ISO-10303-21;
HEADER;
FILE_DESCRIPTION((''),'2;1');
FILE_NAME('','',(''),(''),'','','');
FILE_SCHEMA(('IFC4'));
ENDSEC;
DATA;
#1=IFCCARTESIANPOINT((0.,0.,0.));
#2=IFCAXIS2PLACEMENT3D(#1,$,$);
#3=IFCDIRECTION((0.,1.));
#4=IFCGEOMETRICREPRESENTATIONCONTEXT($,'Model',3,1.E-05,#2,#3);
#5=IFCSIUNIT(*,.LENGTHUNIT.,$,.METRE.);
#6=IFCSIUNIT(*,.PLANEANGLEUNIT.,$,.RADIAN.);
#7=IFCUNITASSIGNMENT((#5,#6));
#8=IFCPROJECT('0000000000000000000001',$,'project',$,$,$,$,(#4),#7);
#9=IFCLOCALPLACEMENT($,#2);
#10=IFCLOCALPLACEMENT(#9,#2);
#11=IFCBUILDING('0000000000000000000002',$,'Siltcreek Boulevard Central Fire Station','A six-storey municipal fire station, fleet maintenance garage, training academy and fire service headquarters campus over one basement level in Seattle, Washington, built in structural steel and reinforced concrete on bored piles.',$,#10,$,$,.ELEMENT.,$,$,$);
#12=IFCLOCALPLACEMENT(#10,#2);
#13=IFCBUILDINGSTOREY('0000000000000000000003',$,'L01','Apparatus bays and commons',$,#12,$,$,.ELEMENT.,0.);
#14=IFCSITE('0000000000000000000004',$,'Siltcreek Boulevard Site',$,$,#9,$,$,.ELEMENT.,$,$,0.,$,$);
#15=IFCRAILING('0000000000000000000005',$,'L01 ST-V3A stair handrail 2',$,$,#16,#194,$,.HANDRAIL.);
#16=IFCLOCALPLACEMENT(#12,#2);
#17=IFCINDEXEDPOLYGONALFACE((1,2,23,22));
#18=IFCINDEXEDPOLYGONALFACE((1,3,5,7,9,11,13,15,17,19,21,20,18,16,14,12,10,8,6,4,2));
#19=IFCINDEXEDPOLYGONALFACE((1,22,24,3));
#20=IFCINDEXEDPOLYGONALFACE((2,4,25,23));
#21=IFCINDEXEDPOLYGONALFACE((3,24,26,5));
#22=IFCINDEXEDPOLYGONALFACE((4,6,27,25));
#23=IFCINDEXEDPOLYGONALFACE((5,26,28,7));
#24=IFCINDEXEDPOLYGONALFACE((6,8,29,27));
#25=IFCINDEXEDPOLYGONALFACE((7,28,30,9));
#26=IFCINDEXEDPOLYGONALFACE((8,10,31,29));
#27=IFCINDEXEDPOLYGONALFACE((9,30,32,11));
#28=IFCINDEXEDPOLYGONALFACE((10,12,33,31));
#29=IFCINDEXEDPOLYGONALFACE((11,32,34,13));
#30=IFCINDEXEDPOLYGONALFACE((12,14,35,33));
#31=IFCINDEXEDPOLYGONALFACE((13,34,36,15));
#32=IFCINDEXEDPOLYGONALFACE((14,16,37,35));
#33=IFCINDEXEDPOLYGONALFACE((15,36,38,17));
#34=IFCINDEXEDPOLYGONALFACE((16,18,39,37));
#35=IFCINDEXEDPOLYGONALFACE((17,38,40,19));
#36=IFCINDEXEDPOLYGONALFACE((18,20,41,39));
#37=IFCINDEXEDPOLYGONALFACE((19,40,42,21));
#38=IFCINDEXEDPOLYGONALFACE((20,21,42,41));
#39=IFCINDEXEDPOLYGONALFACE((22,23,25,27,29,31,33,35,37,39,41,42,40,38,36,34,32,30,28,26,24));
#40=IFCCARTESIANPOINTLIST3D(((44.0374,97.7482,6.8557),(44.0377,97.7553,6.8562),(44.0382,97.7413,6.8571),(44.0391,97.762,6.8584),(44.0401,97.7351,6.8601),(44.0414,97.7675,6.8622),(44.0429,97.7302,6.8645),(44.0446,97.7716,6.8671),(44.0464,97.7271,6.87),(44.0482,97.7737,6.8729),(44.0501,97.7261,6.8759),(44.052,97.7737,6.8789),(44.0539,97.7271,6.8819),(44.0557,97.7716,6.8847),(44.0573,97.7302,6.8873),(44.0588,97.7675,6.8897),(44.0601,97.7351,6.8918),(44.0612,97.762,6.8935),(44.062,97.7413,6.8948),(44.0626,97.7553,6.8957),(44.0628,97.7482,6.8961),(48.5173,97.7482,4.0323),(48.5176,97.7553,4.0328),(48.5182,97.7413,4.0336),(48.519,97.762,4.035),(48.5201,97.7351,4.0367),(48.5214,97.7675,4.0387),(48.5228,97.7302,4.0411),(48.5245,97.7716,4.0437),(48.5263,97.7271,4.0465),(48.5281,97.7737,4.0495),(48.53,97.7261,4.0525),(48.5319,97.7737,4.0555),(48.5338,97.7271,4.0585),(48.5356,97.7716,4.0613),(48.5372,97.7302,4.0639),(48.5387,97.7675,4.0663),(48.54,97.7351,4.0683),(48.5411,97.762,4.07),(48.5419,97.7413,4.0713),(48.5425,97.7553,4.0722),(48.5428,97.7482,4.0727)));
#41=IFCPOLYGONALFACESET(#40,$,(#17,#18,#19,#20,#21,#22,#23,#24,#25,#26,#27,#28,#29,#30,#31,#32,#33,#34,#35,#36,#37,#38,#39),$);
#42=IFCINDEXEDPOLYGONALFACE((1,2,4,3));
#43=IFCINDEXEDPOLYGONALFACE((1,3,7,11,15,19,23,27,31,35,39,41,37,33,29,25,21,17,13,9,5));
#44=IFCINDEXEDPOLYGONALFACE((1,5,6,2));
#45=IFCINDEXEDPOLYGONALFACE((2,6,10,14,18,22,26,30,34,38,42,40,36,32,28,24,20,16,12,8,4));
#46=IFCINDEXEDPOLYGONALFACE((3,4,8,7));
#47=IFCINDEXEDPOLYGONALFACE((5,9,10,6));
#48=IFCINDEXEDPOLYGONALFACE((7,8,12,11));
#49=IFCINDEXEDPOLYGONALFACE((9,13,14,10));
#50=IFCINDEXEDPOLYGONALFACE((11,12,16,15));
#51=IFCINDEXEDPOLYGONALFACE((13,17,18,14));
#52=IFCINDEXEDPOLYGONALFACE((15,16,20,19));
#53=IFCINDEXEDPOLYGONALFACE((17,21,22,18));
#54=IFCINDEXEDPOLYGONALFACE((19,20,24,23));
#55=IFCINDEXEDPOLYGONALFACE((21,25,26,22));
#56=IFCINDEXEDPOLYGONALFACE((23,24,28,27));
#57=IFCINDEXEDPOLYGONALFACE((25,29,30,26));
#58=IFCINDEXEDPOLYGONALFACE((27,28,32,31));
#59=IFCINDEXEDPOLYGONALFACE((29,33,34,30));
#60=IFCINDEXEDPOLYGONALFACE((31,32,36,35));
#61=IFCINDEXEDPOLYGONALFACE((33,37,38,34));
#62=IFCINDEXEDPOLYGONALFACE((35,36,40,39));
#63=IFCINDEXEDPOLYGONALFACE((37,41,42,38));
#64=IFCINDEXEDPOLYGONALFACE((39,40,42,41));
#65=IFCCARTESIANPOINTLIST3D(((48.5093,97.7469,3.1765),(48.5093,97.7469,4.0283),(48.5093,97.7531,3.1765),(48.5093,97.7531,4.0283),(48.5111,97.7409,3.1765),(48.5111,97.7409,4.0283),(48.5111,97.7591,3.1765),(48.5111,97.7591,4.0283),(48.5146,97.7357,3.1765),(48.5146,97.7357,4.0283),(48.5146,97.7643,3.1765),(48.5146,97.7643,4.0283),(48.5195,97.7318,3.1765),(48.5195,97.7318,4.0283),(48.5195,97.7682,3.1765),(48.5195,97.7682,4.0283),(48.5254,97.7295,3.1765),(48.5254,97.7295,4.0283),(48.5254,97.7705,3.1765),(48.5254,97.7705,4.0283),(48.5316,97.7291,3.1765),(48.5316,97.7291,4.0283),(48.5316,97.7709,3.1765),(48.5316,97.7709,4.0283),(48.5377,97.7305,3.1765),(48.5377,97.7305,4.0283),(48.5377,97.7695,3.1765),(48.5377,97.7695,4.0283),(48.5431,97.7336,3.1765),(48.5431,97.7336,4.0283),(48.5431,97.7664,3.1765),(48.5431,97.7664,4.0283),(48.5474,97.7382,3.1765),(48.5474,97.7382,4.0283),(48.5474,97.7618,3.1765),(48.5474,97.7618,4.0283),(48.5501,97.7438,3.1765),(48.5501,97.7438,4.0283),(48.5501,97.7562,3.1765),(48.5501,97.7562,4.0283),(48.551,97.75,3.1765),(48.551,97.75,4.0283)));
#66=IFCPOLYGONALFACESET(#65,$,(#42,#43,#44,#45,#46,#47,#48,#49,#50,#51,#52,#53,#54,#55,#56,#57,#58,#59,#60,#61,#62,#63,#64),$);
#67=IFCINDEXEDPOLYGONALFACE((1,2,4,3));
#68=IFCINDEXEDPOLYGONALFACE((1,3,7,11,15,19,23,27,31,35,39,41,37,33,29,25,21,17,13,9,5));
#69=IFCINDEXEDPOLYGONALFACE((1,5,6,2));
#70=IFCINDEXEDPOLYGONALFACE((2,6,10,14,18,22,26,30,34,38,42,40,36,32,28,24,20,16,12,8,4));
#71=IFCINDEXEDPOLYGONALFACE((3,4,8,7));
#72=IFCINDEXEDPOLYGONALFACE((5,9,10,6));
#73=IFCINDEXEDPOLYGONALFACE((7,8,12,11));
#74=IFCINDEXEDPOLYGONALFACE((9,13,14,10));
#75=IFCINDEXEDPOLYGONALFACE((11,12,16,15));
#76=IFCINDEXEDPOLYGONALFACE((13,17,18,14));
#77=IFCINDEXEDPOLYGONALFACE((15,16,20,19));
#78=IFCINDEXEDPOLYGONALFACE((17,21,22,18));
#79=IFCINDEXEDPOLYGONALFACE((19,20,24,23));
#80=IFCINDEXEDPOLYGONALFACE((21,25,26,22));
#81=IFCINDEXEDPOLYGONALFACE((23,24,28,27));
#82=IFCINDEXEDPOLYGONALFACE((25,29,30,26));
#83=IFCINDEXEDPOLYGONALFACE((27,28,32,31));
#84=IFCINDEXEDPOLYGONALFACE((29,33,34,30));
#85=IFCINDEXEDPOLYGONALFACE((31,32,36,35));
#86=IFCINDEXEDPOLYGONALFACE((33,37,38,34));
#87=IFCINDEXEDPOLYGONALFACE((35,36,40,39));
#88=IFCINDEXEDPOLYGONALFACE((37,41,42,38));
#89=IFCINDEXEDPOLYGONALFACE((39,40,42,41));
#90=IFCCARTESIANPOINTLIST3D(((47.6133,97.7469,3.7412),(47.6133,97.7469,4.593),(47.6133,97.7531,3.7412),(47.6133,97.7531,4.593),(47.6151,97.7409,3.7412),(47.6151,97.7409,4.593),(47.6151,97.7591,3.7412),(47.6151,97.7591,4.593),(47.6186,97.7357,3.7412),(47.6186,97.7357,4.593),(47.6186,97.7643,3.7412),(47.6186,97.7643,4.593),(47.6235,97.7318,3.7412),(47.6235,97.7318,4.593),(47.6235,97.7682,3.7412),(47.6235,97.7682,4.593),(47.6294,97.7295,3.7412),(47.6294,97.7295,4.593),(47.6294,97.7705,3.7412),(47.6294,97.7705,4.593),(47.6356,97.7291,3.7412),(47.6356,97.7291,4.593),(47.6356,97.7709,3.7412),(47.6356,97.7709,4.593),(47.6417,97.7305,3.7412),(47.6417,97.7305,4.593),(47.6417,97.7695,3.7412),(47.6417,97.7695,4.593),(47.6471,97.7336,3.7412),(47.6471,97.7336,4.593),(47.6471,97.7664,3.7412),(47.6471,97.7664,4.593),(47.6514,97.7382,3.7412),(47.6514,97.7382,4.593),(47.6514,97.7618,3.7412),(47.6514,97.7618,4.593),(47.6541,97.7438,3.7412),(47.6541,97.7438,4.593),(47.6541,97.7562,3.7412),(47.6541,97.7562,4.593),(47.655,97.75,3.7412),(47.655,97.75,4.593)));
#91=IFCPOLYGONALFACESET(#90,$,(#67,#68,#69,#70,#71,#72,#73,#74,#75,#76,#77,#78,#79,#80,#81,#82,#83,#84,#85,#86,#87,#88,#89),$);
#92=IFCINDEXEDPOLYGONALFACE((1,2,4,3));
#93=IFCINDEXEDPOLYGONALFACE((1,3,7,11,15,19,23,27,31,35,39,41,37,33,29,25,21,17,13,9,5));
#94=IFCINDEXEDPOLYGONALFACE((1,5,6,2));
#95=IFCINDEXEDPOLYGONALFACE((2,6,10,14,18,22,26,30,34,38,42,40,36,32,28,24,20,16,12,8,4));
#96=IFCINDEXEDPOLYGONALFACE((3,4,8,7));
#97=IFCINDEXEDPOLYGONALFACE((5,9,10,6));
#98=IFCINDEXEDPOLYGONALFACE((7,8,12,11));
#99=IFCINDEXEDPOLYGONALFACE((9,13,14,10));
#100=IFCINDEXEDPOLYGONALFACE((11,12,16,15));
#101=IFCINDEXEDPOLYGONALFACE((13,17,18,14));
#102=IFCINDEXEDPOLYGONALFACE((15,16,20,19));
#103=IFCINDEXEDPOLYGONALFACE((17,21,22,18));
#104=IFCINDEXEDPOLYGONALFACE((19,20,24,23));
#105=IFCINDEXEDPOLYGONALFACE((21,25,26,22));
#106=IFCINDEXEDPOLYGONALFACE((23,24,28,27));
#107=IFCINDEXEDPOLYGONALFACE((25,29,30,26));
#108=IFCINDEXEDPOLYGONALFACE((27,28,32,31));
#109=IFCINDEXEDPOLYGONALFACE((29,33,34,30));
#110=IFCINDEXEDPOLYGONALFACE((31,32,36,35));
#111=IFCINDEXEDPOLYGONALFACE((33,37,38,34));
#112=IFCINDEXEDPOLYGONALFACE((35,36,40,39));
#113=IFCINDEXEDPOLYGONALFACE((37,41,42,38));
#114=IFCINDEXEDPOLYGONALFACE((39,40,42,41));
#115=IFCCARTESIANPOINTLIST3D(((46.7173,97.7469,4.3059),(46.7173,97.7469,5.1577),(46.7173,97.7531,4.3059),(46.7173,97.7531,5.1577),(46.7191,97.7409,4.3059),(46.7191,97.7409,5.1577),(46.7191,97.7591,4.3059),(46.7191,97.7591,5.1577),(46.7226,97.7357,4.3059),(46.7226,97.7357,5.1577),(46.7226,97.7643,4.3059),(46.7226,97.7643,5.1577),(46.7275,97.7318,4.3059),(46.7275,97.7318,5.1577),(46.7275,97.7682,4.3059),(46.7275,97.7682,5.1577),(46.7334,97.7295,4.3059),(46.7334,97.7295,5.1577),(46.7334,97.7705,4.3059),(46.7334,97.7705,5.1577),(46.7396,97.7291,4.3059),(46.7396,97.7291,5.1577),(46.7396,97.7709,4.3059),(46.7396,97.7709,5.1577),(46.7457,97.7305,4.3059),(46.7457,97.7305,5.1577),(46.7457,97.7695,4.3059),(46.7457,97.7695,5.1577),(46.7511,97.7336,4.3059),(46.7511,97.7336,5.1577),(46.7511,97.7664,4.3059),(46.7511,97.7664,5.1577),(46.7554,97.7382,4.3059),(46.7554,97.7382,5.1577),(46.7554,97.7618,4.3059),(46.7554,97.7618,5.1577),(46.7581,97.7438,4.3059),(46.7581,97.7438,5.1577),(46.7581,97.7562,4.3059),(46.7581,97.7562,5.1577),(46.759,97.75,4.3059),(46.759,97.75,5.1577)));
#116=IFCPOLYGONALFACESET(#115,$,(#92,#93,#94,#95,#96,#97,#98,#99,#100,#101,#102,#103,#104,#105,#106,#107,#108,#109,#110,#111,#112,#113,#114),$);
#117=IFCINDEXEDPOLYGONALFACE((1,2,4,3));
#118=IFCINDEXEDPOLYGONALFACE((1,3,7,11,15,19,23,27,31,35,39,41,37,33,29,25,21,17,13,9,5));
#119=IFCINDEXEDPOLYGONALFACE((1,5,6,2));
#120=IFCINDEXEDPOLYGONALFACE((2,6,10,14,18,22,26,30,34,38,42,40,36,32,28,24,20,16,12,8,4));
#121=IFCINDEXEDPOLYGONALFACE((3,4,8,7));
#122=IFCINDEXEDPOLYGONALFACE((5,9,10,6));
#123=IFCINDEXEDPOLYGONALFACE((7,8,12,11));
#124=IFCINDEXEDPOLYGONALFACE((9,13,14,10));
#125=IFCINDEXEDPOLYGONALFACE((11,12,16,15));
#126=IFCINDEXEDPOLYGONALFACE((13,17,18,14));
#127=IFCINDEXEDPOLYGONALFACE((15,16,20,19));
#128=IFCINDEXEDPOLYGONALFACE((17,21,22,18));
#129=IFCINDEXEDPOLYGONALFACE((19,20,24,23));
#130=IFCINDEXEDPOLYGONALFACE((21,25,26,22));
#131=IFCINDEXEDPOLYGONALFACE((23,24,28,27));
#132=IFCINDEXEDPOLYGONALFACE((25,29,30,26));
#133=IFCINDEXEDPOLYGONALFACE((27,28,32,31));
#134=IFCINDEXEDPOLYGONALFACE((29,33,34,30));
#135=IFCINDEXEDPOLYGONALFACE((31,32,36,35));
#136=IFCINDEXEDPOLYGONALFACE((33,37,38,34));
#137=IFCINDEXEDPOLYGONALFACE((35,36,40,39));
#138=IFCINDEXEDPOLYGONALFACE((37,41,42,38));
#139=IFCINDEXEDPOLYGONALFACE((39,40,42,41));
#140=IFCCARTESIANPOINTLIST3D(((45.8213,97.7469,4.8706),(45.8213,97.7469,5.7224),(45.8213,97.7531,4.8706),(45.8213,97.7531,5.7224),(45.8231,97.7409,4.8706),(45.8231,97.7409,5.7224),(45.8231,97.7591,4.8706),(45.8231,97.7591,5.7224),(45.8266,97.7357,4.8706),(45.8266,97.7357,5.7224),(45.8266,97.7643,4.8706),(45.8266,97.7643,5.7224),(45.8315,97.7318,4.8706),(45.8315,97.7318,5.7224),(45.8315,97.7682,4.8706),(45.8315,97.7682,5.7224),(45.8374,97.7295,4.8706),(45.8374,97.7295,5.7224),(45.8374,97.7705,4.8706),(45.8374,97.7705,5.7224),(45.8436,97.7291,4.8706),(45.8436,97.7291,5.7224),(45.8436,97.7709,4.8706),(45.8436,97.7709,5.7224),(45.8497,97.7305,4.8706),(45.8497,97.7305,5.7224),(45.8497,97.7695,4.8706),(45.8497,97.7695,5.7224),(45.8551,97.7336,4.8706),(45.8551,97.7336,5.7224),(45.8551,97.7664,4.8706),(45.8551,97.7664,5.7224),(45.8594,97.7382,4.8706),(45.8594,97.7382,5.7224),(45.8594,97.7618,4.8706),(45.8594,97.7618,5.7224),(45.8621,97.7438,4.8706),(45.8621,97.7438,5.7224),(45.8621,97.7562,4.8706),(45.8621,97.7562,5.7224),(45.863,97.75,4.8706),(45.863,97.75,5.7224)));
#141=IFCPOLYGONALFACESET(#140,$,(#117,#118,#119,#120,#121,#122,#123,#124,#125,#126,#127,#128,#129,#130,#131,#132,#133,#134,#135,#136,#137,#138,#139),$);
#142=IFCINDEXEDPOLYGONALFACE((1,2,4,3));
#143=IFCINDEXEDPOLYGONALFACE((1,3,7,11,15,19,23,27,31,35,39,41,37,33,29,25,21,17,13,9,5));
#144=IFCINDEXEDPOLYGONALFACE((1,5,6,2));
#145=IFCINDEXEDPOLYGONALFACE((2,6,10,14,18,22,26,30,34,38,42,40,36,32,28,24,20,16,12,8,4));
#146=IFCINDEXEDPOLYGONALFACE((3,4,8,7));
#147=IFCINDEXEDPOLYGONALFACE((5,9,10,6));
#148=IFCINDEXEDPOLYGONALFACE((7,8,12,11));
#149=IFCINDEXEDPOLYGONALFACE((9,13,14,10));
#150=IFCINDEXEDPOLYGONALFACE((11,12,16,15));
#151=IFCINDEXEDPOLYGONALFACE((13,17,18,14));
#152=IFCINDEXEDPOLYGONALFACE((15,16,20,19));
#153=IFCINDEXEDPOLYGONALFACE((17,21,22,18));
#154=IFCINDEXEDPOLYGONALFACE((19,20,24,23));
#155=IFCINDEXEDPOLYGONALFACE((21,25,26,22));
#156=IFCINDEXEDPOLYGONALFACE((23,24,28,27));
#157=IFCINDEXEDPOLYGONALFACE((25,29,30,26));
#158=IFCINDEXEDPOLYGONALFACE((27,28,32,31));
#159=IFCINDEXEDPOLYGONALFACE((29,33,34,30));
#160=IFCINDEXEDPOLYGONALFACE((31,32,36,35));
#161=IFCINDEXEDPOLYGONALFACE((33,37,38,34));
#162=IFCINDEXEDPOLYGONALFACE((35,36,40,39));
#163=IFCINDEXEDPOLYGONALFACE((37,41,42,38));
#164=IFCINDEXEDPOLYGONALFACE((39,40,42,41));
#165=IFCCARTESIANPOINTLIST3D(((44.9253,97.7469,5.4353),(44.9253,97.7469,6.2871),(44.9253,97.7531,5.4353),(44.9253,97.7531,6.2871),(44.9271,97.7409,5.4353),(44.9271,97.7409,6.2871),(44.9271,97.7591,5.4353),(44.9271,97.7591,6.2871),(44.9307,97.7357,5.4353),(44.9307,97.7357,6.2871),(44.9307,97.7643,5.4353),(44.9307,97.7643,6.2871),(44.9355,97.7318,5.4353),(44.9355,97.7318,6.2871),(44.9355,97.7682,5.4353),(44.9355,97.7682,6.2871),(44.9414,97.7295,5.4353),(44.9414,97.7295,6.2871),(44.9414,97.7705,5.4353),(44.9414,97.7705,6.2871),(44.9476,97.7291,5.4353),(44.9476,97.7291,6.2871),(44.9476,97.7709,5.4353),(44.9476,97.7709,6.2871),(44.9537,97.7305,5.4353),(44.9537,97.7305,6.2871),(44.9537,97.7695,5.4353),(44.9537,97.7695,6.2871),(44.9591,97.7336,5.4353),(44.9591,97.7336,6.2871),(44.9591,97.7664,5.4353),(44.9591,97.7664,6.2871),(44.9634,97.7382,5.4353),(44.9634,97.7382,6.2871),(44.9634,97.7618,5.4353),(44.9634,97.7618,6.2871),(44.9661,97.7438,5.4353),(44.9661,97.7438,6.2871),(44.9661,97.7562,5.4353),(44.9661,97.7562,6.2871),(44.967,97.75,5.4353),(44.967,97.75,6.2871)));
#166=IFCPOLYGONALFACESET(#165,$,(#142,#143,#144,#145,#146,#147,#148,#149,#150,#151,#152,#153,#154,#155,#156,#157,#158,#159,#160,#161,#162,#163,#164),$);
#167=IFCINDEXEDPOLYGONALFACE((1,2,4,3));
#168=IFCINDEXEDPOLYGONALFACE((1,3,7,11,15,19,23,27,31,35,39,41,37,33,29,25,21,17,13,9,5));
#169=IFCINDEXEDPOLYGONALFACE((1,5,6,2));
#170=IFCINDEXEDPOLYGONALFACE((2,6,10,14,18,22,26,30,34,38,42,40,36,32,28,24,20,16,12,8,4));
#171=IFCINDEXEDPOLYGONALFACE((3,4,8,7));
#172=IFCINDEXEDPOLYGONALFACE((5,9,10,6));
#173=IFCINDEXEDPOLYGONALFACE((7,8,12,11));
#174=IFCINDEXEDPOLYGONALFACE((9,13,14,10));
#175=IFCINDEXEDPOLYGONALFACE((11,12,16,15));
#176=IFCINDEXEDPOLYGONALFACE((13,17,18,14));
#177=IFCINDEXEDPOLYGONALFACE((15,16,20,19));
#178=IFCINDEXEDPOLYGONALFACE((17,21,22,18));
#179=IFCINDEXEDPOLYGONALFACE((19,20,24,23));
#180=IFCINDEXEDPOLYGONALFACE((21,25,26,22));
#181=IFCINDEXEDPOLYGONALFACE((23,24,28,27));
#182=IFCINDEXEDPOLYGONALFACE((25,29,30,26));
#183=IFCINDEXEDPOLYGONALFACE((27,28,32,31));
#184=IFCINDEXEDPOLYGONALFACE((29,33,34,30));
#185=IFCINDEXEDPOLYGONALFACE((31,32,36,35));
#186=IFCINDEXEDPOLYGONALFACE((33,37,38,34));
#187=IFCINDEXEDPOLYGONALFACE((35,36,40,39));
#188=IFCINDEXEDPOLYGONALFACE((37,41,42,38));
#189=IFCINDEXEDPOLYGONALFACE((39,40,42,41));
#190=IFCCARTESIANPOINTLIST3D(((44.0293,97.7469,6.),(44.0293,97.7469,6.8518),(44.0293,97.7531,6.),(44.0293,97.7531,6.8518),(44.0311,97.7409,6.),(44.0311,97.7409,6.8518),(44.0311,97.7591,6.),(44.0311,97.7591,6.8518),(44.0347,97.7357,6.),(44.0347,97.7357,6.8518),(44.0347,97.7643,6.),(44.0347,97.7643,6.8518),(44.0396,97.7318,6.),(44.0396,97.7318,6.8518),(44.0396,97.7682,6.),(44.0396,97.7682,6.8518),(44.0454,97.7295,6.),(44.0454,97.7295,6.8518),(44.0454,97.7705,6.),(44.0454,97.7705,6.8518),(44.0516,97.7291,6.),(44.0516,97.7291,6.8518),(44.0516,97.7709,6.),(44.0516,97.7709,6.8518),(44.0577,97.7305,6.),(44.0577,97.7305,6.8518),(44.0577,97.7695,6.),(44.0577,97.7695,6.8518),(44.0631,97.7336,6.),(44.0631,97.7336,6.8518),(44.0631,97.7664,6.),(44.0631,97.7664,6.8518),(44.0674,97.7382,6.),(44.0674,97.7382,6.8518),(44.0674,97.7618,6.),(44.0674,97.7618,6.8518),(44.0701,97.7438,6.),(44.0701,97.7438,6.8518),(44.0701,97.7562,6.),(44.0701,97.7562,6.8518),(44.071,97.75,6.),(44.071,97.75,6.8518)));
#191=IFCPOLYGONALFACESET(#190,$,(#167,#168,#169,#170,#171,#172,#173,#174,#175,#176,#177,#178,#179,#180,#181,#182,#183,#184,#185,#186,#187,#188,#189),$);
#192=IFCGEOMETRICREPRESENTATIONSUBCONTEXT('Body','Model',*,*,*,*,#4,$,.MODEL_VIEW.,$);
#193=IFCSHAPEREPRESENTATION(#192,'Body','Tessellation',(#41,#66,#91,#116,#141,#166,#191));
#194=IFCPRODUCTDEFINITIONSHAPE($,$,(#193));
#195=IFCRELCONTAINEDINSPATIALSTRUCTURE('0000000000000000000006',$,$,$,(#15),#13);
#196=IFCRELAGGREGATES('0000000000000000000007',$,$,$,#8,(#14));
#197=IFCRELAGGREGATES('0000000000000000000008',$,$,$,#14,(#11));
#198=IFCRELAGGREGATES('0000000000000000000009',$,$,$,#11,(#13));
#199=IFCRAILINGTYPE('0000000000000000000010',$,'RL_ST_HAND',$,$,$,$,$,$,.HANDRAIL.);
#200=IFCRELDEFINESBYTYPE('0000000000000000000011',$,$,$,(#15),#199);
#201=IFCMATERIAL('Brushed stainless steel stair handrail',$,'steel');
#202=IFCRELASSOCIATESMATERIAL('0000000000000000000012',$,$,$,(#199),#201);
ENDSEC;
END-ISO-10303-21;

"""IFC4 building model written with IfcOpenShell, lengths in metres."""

from ifc_helpers import new_model, si_unit, direction, frame, origin, origin_2d, place, context, subcontext, project, spatial, circle, extrude, material, type_object, element, save


model = new_model("IFC4")

# Units and contexts
model_context = context("Model", 3, precision=1e-05, world=origin(), true_north=direction((0.0, 1.0)))
body_context = subcontext(model_context, "Body", "Model", "MODEL_VIEW")
ifc_project = project(units=[si_unit("LENGTHUNIT", "METRE"), si_unit("PLANEANGLEUNIT", "RADIAN")], contexts=[model_context])

# Site, building, storey
site_placement = place(None, origin())
site = spatial("IfcSite", under=ifc_project, at=site_placement, Name="Siltcreek Boulevard Site", CompositionType="ELEMENT", RefElevation=0.0)
building_placement = place(site_placement, origin())
building = spatial("IfcBuilding", under=site, at=building_placement, Name="Siltcreek Boulevard Central Fire Station", Description="A six-storey municipal fire station, fleet maintenance garage, training academy and fire service headquarters campus over one basement level in Seattle, Washington, built in structural steel and reinforced concrete on bored piles.", CompositionType="ELEMENT")
storey_placement = place(building_placement, origin())
storey = spatial("IfcBuildingStorey", under=building, at=storey_placement, Name="L01", Description="Apparatus bays and commons", CompositionType="ELEMENT", Elevation=0.0)

# Railing
ifc_material_1 = material(Name="Brushed stainless steel stair handrail", Category="steel")
railing_type_1 = type_object("IfcRailingType", Name="RL_ST_HAND", PredefinedType="HANDRAIL", material=ifc_material_1)
railing_1_placement = place(storey_placement, frame((48.53, 97.75, 3.1765)))
element("IfcRailing", 1, at=railing_1_placement, inside=storey, type_object=railing_type_1, Name="L01 ST-V3A stair handrail 2", PredefinedType="HANDRAIL", context=body_context, shape_type="SweptSolid", body=[
    extrude(circle(Radius=0.0239, at=origin_2d()), frame((0.0, 0.0, 0.876), z_axis=(-0.845998, 0.0, 0.533186), x_axis=(0.0, -1.0, 0.0)), (0.0, 0.0, 1.0), 5.2954),
    extrude(circle(Radius=0.021, at=origin_2d()), origin(), (0.0, 0.0, 1.0), 0.8518),
    extrude(circle(Radius=0.021, at=origin_2d()), frame((-0.896, 0.0, 0.5647)), (0.0, 0.0, 1.0), 0.8518),
    extrude(circle(Radius=0.021, at=origin_2d()), frame((-1.792, 0.0, 1.1294)), (0.0, 0.0, 1.0), 0.8518),
    extrude(circle(Radius=0.021, at=origin_2d()), frame((-2.688, 0.0, 1.6941)), (0.0, 0.0, 1.0), 0.8518),
    extrude(circle(Radius=0.021, at=origin_2d()), frame((-3.584, 0.0, 2.2588)), (0.0, 0.0, 1.0), 0.8518),
    extrude(circle(Radius=0.021, at=origin_2d()), frame((-4.48, 0.0, 2.8235)), (0.0, 0.0, 1.0), 0.8518),
])

save(model, "model.ifc")
